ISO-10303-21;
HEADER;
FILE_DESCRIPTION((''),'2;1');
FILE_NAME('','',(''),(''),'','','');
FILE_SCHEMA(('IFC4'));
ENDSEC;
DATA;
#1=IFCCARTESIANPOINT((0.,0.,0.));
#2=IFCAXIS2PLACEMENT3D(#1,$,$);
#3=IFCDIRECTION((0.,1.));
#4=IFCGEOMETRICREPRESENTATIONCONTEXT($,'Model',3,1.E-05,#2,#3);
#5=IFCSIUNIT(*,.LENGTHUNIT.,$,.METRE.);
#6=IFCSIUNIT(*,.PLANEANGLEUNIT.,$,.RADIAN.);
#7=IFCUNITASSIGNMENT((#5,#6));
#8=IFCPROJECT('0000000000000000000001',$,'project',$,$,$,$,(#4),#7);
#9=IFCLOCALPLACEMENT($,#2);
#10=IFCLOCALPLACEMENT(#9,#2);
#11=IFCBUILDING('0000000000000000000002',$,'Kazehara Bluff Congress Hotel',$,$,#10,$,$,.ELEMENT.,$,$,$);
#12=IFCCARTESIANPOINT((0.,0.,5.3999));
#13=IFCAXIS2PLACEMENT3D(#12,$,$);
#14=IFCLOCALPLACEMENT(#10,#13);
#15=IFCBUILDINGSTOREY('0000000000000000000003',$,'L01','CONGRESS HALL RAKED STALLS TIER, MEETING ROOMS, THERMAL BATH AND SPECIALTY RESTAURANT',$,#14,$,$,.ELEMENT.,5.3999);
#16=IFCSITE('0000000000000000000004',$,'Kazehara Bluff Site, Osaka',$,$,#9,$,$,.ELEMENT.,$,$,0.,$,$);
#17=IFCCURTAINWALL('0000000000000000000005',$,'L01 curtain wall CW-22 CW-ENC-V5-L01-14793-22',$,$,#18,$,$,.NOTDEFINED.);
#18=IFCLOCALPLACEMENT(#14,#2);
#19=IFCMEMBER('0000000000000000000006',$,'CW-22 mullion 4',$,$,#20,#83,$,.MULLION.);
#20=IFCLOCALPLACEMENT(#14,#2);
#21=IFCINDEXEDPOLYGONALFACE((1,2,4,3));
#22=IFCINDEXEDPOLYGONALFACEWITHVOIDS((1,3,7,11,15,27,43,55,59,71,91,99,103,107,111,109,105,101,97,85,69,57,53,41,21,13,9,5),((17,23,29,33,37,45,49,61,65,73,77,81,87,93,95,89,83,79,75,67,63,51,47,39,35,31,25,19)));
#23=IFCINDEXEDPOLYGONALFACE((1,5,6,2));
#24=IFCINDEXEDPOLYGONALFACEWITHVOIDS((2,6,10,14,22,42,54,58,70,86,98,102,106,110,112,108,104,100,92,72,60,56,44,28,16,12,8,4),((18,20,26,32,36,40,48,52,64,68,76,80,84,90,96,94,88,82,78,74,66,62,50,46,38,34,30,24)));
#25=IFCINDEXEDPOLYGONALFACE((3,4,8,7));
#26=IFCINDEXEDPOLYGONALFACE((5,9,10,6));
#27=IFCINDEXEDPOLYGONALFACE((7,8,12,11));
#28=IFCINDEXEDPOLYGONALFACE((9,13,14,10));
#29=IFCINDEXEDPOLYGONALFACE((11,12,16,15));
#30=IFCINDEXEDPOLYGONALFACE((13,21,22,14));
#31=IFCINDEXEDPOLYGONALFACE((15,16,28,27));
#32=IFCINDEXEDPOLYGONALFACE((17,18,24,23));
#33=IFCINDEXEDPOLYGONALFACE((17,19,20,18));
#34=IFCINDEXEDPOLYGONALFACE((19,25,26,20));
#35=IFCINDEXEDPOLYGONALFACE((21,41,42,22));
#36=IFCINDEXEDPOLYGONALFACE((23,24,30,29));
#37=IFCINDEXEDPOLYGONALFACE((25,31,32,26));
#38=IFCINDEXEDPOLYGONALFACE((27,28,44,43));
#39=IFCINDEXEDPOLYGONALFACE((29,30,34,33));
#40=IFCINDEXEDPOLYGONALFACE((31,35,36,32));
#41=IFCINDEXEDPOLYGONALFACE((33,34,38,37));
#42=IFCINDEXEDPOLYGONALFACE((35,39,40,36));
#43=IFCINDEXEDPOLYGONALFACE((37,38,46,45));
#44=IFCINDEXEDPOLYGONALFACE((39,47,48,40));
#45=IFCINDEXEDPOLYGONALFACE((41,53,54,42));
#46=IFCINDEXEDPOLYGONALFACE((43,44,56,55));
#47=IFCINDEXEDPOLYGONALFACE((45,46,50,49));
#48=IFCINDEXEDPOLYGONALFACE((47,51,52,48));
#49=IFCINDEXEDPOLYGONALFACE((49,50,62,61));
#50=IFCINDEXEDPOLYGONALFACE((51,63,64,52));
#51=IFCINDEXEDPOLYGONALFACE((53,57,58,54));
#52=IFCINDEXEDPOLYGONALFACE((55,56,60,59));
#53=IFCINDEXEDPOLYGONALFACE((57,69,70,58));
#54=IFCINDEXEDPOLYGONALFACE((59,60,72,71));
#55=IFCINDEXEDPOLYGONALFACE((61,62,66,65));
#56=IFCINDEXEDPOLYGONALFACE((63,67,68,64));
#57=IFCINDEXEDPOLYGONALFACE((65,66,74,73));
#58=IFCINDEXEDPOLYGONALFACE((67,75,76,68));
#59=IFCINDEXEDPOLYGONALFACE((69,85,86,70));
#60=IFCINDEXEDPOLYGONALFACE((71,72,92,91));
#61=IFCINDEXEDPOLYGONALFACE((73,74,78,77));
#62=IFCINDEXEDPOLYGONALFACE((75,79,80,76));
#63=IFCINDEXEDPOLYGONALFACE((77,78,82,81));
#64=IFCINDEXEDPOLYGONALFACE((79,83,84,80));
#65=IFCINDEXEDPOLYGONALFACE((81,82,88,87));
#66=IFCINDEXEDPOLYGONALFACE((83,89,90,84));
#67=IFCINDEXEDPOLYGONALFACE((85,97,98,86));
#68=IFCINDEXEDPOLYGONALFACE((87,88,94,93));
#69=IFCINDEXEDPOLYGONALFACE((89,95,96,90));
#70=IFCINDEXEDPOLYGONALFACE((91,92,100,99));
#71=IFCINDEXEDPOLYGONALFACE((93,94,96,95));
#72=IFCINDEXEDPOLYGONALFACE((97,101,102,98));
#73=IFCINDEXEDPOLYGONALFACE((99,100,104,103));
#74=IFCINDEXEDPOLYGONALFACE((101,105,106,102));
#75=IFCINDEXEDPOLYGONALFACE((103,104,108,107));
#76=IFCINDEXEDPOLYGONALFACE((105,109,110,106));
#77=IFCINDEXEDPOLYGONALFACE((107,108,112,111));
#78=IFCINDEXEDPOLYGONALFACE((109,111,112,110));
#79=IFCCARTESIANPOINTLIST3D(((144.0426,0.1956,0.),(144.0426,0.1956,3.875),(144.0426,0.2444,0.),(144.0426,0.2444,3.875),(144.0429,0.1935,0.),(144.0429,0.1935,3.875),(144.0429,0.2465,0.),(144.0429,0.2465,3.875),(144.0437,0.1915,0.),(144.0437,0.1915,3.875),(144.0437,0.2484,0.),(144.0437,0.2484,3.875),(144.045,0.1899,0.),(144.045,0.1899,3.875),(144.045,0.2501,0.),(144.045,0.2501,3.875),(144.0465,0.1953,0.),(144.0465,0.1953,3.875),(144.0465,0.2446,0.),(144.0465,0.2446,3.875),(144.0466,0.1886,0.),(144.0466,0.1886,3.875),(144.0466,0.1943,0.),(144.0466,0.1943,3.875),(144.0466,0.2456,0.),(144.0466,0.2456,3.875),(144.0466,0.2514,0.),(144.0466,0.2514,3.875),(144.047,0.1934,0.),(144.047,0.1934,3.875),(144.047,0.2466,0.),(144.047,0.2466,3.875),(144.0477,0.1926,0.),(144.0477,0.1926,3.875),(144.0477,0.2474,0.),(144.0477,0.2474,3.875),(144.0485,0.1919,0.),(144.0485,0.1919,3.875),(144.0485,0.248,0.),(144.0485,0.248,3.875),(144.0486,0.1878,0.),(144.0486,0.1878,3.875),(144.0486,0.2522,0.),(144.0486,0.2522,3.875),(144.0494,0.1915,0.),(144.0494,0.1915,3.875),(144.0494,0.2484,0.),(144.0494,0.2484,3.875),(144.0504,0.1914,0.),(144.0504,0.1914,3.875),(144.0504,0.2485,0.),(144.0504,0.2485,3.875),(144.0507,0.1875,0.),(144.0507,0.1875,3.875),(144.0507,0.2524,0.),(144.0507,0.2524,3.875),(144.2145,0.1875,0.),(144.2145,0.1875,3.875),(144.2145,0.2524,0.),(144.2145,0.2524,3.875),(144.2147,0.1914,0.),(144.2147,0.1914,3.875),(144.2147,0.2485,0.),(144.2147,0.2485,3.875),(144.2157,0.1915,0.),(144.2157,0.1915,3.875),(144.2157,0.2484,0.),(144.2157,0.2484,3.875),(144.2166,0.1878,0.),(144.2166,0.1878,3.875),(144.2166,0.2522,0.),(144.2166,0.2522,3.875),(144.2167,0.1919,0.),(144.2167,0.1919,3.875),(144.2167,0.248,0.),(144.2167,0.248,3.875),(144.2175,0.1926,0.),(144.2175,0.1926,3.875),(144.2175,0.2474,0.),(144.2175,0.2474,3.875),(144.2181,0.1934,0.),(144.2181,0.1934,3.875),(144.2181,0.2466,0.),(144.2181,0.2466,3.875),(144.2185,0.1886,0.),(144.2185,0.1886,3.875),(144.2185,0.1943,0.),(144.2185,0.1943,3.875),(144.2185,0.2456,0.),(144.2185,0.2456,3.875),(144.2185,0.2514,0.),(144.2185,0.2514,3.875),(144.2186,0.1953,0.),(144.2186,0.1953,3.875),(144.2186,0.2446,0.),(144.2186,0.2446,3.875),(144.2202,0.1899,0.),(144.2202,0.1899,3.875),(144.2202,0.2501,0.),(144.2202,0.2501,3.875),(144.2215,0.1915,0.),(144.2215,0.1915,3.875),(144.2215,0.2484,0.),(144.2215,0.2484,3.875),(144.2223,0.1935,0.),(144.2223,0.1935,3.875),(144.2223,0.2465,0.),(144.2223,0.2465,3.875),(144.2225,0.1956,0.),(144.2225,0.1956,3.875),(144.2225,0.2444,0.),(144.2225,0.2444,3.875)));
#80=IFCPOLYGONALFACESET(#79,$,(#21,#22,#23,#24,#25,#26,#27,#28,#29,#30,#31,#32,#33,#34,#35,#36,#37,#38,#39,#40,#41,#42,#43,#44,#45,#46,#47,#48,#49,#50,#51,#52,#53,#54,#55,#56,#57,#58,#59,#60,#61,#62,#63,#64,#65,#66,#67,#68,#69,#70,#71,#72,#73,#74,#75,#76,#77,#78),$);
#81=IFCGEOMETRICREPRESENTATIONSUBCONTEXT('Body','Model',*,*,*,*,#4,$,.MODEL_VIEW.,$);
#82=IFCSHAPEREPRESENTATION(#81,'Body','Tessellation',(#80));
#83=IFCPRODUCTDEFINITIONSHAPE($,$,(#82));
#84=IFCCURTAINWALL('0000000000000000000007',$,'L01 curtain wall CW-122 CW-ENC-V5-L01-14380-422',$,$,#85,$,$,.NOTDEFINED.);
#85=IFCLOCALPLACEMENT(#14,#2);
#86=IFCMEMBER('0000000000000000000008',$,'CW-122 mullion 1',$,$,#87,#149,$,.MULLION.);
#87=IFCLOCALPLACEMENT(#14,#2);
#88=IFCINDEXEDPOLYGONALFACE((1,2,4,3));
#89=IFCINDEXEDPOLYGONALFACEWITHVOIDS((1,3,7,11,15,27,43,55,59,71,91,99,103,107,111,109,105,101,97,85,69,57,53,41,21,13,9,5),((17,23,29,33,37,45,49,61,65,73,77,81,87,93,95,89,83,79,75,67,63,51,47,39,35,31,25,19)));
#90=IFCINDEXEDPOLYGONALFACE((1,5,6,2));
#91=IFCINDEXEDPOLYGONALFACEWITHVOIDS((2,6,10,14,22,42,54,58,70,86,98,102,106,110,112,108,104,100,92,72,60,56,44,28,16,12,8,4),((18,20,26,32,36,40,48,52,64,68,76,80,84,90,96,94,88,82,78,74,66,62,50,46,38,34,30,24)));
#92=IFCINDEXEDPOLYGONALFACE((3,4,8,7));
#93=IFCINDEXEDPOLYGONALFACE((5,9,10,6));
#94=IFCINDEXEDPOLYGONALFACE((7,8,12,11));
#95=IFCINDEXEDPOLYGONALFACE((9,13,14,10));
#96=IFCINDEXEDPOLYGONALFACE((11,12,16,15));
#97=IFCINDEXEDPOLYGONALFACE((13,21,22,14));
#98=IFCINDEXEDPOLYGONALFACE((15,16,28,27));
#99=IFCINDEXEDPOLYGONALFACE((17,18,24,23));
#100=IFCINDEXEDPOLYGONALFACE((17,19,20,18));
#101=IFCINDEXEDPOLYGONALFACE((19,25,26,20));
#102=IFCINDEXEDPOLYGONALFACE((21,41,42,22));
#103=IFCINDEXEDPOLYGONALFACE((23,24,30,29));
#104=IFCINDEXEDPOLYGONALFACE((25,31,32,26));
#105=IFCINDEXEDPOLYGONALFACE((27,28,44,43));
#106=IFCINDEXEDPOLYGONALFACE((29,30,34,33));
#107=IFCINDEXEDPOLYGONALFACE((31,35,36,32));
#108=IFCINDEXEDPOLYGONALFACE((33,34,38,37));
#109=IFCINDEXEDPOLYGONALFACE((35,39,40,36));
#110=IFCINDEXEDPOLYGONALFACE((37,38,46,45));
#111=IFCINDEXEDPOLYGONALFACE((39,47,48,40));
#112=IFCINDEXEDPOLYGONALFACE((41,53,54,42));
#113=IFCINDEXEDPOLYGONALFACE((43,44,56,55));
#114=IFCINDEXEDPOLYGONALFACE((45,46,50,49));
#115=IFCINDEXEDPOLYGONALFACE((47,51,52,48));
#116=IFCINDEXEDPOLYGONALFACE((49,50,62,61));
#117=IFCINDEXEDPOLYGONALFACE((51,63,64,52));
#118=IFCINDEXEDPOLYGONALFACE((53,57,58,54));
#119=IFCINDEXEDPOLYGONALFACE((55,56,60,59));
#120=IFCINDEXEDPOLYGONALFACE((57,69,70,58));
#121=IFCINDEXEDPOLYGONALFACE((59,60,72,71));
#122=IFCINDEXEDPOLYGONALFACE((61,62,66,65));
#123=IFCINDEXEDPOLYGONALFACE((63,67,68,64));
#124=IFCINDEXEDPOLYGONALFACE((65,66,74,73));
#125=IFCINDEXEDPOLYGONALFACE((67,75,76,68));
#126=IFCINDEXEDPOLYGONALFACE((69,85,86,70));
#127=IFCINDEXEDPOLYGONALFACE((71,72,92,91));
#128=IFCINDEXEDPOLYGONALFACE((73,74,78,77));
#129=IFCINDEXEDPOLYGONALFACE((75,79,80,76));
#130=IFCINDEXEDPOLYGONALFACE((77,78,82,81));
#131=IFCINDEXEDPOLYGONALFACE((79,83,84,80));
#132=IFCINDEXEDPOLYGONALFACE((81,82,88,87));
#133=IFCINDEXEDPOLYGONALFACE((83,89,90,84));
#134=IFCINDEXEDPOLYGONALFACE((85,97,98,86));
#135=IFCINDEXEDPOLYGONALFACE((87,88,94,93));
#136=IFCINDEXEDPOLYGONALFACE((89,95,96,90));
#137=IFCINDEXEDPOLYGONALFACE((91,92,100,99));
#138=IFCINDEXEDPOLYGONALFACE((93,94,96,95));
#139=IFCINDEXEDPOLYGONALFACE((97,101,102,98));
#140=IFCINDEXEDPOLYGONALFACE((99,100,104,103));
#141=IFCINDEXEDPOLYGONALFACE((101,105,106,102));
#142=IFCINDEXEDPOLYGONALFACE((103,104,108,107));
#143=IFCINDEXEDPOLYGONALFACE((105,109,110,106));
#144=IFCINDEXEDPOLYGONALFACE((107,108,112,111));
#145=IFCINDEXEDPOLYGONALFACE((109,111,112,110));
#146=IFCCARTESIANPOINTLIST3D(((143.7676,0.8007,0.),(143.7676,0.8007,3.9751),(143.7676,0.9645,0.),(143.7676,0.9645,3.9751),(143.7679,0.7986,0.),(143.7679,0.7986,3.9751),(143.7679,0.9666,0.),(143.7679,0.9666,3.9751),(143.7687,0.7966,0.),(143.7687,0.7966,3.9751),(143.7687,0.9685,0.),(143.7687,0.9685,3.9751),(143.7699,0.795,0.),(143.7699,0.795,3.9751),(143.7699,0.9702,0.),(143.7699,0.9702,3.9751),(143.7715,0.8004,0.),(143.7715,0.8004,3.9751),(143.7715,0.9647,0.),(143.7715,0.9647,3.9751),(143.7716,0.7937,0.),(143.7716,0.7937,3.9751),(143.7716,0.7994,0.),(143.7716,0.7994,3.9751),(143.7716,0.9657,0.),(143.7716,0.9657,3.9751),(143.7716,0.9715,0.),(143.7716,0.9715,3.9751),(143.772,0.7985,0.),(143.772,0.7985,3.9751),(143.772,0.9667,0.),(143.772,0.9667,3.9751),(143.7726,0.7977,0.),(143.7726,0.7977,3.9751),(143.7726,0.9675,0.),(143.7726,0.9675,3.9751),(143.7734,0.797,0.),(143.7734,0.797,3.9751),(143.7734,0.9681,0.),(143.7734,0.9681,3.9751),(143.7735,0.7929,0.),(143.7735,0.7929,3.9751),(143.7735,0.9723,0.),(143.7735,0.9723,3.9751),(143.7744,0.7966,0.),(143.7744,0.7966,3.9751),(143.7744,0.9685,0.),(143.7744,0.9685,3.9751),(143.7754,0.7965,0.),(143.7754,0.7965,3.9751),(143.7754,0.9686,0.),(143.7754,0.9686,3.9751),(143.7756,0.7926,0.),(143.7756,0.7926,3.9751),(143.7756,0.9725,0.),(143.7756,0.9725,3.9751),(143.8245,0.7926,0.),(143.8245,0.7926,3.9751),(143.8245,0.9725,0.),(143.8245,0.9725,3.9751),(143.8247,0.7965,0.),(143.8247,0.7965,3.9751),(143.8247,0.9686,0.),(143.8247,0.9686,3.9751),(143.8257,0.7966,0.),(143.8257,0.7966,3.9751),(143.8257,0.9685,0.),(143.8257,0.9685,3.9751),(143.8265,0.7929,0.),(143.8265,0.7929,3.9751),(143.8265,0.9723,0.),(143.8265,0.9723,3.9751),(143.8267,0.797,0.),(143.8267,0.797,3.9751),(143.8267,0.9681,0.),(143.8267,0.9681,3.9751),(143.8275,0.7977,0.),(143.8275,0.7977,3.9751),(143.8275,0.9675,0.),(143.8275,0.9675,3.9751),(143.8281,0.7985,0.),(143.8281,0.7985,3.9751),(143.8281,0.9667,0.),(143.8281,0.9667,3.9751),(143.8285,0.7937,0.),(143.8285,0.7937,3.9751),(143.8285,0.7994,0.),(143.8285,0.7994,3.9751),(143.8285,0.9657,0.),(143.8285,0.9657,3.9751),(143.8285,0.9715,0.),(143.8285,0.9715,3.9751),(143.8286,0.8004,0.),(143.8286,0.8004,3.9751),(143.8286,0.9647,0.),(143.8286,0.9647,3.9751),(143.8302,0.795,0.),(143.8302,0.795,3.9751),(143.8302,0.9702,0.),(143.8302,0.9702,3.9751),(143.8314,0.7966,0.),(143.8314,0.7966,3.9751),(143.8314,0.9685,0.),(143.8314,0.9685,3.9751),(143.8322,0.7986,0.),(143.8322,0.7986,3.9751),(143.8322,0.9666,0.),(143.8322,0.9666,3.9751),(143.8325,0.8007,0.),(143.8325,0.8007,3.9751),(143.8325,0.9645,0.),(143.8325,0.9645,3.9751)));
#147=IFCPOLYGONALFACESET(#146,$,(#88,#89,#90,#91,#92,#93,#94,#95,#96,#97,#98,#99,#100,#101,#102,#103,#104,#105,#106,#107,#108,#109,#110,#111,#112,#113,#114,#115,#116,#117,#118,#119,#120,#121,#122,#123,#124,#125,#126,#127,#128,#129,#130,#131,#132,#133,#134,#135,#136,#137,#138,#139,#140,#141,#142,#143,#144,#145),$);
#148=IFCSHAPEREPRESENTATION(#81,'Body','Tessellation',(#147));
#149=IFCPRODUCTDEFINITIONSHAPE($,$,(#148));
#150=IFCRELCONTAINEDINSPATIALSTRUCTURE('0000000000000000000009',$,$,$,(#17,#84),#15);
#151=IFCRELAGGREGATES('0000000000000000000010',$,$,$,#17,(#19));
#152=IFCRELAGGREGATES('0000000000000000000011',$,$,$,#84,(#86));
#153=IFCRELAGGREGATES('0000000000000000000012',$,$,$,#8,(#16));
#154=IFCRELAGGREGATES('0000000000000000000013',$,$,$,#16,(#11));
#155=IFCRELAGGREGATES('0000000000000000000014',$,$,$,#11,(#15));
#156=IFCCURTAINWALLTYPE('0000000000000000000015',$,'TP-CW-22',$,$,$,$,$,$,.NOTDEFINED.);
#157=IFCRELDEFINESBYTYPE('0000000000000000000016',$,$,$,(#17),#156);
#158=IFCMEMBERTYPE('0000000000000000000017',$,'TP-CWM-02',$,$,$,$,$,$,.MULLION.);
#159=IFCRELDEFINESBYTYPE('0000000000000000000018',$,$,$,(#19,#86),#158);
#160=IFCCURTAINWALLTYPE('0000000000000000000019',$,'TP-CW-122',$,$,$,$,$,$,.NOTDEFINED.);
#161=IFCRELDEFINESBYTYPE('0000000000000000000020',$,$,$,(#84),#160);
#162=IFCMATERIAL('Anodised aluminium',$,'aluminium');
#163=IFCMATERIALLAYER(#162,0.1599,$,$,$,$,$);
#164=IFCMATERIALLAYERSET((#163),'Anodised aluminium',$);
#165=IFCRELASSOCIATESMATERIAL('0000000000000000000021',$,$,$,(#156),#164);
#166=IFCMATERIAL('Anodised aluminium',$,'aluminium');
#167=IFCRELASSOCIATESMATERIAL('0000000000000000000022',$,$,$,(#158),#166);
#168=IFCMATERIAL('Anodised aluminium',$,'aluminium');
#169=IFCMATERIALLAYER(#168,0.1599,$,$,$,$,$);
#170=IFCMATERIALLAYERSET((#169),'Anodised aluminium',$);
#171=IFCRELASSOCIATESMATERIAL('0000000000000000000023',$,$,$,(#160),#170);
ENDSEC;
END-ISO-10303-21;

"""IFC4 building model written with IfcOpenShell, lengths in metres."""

from ifc_helpers import new_model, si_unit, direction, frame, origin, origin_2d, place, context, subcontext, project, spatial, hollow_rectangle, extrude, material, layer, layer_set, material_profile, profile_set, type_object, element, aggregate, save


model = new_model("IFC4")

# Units and contexts
model_context = context("Model", 3, precision=1e-05, world=origin(), true_north=direction((0.0, 1.0)))
body_context = subcontext(model_context, "Body", "Model", "MODEL_VIEW")
ifc_project = project(units=[si_unit("LENGTHUNIT", "METRE"), si_unit("PLANEANGLEUNIT", "RADIAN")], contexts=[model_context])

# Site, building, storey
site_placement = place(None, origin())
site = spatial("IfcSite", under=ifc_project, at=site_placement, Name="Kazehara Bluff Site, Osaka", CompositionType="ELEMENT", RefElevation=0.0)
building_placement = place(site_placement, origin())
building = spatial("IfcBuilding", under=site, at=building_placement, Name="Kazehara Bluff Congress Hotel", CompositionType="ELEMENT")
storey_placement = place(building_placement, frame((0.0, 0.0, 5.3999)))
storey = spatial("IfcBuildingStorey", under=building, at=storey_placement, Name="L01", Description="CONGRESS HALL RAKED STALLS TIER, MEETING ROOMS, THERMAL BATH AND SPECIALTY RESTAURANT", CompositionType="ELEMENT", Elevation=5.3999)

# Curtain wall, member
ifc_material_1 = material(Name="Anodised aluminium", Category="aluminium")
ifc_layer_1 = layer(ifc_material_1, 0.1599)
ifc_layer_set_1 = layer_set([ifc_layer_1], Name="Anodised aluminium")
curtain_wall_type_1 = type_object("IfcCurtainWallType", Name="TP-CW-22", PredefinedType="NOTDEFINED", material=ifc_layer_set_1)
curtain_wall_1_placement = place(storey_placement, origin())
curtain_wall_1 = element("IfcCurtainWall", 1, at=curtain_wall_1_placement, inside=storey, type_object=curtain_wall_type_1, Name="L01 curtain wall CW-22 CW-ENC-V5-L01-14793-22", PredefinedType="NOTDEFINED")
ifc_material_2 = material(Name="Anodised aluminium", Category="aluminium")
ifc_material_profile_1 = material_profile(ifc_material_2, hollow_rectangle(XDim=0.0649, YDim=0.1799, WallThickness=0.0039, InnerFilletRadius=0.0039, OuterFilletRadius=0.0081, at=origin_2d()))
ifc_profile_set_1 = profile_set([ifc_material_profile_1], Name="Anodised aluminium")
member_type_1 = type_object("IfcMemberType", Name="TP-CWM-02", PredefinedType="MULLION", material=ifc_profile_set_1)
member_1_placement = place(storey_placement, frame((144.1326, 0.22, 0.0), z_axis=(0.0, 0.0, 1.0), x_axis=(0.0, -1.0, 0.0)))
member_1 = element("IfcMember", 2, at=member_1_placement, type_object=member_type_1, Name="CW-22 mullion 4", PredefinedType="MULLION", context=body_context, shape_type="SweptSolid", body=[
    extrude(hollow_rectangle(XDim=0.0649, YDim=0.1799, WallThickness=0.0039, InnerFilletRadius=0.0039, OuterFilletRadius=0.0081, at=origin_2d()), origin(), (0.0, 0.0, 1.0), 3.875),
])

# Curtain wall, member
ifc_material_3 = material(Name="Anodised aluminium", Category="aluminium")
ifc_layer_2 = layer(ifc_material_3, 0.1599)
ifc_layer_set_2 = layer_set([ifc_layer_2], Name="Anodised aluminium")
curtain_wall_type_2 = type_object("IfcCurtainWallType", Name="TP-CW-122", PredefinedType="NOTDEFINED", material=ifc_layer_set_2)
curtain_wall_2_placement = place(storey_placement, origin())
curtain_wall_2 = element("IfcCurtainWall", 3, at=curtain_wall_2_placement, inside=storey, type_object=curtain_wall_type_2, Name="L01 curtain wall CW-122 CW-ENC-V5-L01-14380-422", PredefinedType="NOTDEFINED")
member_2_placement = place(storey_placement, frame((143.8, 0.8826, 0.0), z_axis=(0.0, 0.0, 1.0), x_axis=(-1.0, 0.0, 0.0)))
member_2 = element("IfcMember", 4, at=member_2_placement, type_object=member_type_1, Name="CW-122 mullion 1", PredefinedType="MULLION", context=body_context, shape_type="SweptSolid", body=[
    extrude(hollow_rectangle(XDim=0.0649, YDim=0.1799, WallThickness=0.0039, InnerFilletRadius=0.0039, OuterFilletRadius=0.0081, at=origin_2d()), origin(), (0.0, 0.0, 1.0), 3.9751),
])

aggregate(curtain_wall_1, [member_1])
aggregate(curtain_wall_2, [member_2])

save(model, "model.ifc")
